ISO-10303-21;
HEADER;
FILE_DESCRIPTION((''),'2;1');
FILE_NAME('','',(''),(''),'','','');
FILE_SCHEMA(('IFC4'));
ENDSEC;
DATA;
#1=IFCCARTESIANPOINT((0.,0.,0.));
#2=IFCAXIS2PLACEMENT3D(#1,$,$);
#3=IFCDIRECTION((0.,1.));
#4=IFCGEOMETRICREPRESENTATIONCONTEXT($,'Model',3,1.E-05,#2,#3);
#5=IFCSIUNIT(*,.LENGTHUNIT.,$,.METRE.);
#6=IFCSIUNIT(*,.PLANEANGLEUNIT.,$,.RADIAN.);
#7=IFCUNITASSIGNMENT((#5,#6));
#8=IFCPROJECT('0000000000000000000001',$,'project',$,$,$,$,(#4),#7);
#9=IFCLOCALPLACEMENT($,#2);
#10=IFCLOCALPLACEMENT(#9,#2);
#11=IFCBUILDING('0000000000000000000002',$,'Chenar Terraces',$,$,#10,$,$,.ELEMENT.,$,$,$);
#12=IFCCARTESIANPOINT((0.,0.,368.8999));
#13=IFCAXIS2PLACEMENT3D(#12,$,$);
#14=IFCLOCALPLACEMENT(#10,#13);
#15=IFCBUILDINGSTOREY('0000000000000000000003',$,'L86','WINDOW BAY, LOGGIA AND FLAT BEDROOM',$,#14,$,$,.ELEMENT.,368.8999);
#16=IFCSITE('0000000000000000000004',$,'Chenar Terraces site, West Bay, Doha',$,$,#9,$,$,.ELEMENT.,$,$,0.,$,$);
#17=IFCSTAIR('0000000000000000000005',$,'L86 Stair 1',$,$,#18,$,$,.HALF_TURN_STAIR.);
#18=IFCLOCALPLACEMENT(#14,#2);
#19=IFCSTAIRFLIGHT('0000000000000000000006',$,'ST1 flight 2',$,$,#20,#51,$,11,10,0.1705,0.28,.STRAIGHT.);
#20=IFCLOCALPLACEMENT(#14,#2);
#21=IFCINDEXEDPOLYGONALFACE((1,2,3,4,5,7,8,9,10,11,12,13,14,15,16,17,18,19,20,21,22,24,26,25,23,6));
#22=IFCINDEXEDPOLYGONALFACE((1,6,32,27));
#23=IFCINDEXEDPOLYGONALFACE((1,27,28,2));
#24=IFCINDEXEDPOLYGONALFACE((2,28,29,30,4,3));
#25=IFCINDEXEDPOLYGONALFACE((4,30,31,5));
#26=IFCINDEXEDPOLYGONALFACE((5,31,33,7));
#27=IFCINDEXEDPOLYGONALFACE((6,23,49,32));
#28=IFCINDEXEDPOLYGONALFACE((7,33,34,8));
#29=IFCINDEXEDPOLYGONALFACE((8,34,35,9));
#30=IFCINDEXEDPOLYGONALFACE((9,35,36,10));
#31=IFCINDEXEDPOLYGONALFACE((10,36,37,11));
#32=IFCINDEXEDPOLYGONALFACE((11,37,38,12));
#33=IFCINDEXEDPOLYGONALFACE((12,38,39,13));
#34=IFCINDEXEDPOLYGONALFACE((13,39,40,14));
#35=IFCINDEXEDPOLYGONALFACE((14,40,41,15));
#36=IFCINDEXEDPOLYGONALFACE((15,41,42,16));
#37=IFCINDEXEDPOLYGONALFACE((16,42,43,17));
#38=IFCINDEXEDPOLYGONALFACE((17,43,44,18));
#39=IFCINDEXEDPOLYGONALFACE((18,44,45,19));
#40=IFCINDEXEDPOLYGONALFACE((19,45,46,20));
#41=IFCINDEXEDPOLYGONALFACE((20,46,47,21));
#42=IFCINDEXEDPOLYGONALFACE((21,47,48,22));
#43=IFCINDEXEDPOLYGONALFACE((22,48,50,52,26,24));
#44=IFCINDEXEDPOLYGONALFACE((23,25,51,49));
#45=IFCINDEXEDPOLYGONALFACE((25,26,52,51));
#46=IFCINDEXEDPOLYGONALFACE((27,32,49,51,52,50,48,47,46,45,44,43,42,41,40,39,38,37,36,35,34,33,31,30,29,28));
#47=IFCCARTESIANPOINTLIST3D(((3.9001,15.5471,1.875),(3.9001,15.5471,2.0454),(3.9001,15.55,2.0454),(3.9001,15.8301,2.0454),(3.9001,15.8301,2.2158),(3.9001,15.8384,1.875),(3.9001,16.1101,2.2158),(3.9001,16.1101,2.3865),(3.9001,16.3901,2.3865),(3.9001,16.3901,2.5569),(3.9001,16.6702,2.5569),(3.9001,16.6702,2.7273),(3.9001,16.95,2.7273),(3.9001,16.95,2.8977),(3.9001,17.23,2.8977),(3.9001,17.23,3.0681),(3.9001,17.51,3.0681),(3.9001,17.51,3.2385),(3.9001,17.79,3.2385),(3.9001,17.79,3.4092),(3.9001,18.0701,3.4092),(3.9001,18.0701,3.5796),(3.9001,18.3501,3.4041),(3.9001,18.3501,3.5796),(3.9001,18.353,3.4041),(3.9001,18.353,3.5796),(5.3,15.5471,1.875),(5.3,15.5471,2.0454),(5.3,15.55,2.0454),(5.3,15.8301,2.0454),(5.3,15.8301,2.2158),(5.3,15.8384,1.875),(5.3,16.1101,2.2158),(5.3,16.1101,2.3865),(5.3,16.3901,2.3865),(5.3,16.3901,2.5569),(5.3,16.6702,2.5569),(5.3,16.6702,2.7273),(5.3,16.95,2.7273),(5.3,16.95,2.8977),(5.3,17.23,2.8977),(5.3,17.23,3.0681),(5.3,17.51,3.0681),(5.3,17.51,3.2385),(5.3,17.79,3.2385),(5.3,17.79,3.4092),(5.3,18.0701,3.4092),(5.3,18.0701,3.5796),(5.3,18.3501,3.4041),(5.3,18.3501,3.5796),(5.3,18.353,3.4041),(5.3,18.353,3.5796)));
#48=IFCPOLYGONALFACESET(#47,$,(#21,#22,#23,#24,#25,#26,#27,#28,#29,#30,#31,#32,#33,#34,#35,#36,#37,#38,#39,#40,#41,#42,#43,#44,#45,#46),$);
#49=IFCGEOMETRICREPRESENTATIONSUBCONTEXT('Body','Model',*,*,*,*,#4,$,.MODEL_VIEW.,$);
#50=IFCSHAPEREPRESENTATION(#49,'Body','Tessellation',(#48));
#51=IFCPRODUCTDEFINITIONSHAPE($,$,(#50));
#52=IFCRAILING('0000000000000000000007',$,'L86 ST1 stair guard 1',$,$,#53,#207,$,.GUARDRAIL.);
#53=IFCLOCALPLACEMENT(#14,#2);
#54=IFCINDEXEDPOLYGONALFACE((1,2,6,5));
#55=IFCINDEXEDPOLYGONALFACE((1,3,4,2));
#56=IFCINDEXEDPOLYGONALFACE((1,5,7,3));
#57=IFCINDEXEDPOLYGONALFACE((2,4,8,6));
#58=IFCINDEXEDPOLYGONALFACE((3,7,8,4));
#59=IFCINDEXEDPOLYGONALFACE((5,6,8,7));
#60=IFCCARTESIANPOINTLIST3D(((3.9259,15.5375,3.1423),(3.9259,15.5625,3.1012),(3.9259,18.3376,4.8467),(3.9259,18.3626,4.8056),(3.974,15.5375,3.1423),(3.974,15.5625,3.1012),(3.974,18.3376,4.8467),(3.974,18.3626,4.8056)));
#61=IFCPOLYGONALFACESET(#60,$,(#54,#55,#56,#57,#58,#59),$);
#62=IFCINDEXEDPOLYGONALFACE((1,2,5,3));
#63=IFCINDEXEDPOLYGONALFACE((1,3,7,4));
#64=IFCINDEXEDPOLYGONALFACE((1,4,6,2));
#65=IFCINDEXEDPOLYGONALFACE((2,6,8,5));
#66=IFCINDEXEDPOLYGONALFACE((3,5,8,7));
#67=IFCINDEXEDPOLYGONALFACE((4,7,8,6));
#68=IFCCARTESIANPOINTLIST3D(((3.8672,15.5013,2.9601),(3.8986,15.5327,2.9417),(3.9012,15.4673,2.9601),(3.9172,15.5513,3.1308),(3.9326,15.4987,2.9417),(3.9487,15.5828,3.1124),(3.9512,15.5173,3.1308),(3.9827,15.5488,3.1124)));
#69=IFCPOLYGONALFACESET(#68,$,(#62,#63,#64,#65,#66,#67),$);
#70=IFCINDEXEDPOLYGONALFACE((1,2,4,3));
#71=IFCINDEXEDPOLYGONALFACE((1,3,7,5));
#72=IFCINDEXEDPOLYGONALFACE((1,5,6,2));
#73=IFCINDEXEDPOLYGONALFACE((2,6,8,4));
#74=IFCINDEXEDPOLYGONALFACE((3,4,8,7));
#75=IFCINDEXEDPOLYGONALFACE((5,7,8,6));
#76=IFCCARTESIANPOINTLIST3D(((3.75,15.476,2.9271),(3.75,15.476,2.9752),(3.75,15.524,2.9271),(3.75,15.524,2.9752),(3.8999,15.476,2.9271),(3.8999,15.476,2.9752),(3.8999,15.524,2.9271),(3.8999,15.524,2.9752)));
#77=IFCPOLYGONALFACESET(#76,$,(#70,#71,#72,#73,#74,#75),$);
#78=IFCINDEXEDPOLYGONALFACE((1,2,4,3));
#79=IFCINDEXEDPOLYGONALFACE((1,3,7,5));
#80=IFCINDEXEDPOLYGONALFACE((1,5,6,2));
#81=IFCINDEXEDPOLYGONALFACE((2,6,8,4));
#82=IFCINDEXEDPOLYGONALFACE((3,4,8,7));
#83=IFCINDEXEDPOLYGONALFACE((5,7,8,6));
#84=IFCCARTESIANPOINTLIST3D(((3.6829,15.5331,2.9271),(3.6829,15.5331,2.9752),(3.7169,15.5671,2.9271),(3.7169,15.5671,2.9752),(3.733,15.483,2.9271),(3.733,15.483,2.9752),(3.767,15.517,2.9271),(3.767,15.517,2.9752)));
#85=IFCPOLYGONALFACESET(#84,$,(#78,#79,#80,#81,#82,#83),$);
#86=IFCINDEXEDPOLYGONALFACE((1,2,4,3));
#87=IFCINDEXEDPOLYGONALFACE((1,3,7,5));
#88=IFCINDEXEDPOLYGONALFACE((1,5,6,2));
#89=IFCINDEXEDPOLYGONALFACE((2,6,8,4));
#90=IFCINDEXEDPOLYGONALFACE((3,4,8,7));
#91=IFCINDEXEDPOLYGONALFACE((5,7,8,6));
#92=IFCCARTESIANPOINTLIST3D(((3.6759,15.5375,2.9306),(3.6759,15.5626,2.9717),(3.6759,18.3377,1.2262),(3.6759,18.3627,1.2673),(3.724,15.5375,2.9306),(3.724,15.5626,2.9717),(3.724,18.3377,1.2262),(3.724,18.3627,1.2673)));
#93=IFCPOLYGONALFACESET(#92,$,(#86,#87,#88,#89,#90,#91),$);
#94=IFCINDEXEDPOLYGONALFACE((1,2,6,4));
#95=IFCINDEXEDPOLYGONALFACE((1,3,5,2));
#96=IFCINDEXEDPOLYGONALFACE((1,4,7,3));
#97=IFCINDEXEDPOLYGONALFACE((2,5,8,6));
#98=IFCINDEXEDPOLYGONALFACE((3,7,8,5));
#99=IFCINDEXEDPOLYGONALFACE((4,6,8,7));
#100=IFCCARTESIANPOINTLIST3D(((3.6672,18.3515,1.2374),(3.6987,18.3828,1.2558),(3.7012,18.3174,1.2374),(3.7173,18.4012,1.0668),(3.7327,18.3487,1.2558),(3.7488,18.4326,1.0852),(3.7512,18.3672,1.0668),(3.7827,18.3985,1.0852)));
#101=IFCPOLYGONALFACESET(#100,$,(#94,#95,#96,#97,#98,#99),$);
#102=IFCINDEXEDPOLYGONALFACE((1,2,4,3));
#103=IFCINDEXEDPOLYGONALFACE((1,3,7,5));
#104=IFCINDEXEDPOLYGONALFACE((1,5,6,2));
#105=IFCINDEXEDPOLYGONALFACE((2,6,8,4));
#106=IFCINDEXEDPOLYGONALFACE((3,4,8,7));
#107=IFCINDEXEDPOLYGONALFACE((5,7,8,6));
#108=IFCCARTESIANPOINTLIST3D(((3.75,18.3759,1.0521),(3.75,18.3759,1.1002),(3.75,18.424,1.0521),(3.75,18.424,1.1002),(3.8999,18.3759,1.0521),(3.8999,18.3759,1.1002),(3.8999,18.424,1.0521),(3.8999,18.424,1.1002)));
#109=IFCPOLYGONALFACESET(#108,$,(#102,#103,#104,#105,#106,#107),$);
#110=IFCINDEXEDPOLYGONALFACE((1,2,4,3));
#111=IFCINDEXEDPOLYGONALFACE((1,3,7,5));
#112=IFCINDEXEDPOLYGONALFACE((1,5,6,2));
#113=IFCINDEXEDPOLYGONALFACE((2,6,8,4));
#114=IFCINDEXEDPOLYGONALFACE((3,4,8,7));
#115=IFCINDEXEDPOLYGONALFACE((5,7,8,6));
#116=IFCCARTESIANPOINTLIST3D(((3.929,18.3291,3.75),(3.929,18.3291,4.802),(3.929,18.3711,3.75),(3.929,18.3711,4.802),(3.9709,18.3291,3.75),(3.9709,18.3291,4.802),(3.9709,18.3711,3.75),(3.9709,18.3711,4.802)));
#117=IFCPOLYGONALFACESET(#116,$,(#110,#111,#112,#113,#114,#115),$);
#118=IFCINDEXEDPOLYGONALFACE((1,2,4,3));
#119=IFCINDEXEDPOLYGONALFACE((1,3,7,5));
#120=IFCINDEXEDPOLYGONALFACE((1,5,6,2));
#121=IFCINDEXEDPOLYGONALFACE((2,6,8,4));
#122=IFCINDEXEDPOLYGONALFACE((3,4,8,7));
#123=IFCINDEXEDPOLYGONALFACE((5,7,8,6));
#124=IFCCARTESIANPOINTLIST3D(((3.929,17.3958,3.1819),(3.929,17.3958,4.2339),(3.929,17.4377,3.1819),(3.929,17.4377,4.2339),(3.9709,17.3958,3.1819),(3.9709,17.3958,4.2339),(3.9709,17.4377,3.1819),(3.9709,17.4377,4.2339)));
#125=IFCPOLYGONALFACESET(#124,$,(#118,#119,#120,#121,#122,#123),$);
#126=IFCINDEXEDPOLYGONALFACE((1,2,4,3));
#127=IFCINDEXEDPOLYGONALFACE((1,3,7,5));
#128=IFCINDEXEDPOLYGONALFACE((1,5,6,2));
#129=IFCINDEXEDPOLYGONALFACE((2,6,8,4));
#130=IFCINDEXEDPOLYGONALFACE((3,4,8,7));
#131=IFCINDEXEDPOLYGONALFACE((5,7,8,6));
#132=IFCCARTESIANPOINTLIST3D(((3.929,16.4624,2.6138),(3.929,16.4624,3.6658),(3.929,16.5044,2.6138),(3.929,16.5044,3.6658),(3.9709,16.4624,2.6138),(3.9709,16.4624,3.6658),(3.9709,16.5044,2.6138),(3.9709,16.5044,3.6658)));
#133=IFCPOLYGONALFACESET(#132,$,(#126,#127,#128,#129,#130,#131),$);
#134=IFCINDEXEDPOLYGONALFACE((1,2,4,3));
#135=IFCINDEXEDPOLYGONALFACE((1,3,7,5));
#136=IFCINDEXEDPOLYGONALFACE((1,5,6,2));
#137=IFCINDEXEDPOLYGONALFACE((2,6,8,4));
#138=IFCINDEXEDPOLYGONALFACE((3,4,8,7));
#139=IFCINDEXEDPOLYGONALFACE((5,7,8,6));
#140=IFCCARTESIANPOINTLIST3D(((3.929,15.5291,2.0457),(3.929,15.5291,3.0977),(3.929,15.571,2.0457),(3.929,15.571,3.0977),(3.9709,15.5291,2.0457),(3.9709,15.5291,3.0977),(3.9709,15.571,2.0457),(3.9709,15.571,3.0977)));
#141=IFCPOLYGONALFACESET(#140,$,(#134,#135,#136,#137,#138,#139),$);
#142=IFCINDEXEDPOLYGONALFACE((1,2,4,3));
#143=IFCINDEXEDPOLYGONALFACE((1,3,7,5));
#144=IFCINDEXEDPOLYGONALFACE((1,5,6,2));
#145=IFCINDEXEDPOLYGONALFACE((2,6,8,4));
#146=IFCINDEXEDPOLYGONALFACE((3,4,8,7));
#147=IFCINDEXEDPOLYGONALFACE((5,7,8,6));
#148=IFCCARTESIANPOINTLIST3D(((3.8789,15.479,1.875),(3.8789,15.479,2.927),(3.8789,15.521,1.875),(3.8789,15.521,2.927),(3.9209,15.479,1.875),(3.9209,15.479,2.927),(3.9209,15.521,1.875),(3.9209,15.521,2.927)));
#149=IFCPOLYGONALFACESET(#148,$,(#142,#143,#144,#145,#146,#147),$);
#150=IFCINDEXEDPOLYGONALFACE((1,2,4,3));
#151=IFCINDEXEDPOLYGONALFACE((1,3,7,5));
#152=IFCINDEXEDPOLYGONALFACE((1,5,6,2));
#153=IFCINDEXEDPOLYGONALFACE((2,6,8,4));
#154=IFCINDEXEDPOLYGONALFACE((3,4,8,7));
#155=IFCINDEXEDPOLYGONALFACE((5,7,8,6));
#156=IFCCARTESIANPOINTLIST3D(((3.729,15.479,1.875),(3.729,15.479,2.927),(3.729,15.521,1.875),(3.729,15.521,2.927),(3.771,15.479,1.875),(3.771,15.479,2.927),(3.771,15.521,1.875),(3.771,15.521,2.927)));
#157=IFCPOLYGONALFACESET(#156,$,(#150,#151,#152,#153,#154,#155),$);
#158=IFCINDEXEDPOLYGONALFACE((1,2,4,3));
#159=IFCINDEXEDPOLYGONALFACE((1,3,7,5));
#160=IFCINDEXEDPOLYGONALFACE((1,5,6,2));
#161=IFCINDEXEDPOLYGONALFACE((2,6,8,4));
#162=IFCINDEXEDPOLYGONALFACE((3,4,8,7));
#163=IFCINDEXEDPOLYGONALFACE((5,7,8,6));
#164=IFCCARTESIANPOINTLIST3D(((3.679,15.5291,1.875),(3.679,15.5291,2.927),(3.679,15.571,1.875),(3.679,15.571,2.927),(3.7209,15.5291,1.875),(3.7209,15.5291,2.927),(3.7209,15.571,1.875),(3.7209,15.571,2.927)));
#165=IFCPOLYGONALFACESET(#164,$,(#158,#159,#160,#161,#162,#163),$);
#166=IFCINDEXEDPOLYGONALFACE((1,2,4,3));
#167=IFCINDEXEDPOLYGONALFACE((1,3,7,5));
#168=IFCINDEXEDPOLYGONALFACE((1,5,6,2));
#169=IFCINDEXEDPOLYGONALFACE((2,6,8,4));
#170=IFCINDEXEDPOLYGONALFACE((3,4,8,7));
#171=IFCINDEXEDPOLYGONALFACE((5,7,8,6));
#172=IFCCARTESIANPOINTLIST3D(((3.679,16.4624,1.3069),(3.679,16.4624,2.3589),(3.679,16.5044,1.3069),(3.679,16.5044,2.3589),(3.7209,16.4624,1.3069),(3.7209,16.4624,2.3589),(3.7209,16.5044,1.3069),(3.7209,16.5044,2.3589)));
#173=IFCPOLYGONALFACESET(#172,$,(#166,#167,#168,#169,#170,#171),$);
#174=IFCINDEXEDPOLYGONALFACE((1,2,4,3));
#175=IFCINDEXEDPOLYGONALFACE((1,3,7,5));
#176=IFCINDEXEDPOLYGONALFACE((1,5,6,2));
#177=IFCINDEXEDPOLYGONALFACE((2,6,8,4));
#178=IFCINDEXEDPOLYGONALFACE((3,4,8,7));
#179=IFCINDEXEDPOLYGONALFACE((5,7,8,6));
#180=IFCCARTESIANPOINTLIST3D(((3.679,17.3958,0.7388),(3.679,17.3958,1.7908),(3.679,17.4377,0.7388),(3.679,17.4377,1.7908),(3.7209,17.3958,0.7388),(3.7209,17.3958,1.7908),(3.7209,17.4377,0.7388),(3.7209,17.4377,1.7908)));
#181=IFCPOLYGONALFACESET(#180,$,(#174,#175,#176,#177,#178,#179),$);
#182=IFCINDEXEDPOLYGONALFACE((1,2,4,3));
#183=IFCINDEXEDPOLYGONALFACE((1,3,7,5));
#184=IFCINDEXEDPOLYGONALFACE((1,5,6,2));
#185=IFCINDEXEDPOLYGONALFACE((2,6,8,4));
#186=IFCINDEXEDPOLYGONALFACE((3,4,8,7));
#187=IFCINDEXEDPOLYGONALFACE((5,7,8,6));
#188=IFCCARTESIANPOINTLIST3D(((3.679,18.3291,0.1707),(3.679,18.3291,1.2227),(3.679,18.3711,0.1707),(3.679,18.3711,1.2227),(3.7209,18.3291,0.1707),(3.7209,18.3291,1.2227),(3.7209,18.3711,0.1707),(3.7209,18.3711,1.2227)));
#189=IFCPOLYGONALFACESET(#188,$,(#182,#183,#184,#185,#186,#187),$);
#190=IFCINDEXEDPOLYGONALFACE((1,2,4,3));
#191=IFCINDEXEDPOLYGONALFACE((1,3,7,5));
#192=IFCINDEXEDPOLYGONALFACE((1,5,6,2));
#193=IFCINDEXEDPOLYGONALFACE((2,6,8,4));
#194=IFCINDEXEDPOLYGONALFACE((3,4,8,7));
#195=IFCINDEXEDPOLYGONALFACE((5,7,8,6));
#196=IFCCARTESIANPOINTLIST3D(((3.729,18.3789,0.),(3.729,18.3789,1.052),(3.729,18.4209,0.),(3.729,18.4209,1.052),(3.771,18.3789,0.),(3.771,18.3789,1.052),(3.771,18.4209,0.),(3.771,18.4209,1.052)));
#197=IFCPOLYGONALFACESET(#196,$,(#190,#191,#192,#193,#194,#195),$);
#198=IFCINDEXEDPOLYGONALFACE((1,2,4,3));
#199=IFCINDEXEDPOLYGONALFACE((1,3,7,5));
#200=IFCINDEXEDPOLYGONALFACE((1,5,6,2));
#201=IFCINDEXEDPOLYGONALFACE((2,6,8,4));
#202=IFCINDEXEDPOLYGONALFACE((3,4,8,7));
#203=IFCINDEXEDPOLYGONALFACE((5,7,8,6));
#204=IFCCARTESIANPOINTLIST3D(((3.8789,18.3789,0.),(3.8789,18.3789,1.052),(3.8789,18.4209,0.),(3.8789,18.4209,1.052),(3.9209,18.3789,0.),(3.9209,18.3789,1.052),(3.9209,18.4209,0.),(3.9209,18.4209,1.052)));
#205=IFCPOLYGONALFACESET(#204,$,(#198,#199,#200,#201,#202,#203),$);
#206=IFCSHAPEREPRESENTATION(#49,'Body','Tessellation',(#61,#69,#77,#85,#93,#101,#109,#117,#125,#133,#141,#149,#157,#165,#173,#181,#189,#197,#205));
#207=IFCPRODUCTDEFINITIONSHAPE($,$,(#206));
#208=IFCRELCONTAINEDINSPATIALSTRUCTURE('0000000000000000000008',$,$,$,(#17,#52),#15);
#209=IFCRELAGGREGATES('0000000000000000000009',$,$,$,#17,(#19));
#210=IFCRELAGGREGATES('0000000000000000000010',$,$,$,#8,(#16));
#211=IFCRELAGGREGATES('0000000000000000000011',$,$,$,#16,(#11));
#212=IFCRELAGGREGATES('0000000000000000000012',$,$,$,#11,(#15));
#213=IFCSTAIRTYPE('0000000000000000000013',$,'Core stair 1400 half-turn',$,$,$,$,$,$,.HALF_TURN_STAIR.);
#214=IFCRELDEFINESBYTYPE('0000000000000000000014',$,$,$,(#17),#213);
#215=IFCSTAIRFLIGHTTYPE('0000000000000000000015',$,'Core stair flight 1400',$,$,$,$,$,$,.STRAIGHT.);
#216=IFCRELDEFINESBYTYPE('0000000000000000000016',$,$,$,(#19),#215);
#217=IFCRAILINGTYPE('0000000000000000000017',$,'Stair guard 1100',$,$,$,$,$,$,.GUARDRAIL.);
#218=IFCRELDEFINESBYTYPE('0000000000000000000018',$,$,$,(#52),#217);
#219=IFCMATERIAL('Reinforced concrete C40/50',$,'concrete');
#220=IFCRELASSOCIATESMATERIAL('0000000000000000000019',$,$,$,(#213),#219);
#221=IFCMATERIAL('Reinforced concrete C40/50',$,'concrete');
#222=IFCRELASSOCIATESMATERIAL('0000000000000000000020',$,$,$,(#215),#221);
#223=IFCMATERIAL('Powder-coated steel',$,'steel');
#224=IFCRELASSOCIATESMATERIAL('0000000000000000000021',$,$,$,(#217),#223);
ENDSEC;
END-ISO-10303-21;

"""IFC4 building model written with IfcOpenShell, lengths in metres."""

from ifc_helpers import new_model, si_unit, direction, frame, origin, origin_2d, place, context, subcontext, project, spatial, polyline, rectangle, outline, extrude, material, type_object, element, aggregate, save


model = new_model("IFC4")

# Units and contexts
model_context = context("Model", 3, precision=1e-05, world=origin(), true_north=direction((0.0, 1.0)))
body_context = subcontext(model_context, "Body", "Model", "MODEL_VIEW")
ifc_project = project(units=[si_unit("LENGTHUNIT", "METRE"), si_unit("PLANEANGLEUNIT", "RADIAN")], contexts=[model_context])

# Site, building, storey
site_placement = place(None, origin())
site = spatial("IfcSite", under=ifc_project, at=site_placement, Name="Chenar Terraces site, West Bay, Doha", CompositionType="ELEMENT", RefElevation=0.0)
building_placement = place(site_placement, origin())
building = spatial("IfcBuilding", under=site, at=building_placement, Name="Chenar Terraces", CompositionType="ELEMENT")
storey_placement = place(building_placement, frame((0.0, 0.0, 368.8999)))
storey = spatial("IfcBuildingStorey", under=building, at=storey_placement, Name="L86", Description="WINDOW BAY, LOGGIA AND FLAT BEDROOM", CompositionType="ELEMENT", Elevation=368.8999)

# Stair, stair flight
ifc_material_1 = material(Name="Reinforced concrete C40/50", Category="concrete")
stair_type = type_object("IfcStairType", Name="Core stair 1400 half-turn", PredefinedType="HALF_TURN_STAIR", material=ifc_material_1)
stair_placement = place(storey_placement, origin())
stair = element("IfcStair", 1, at=stair_placement, inside=storey, type_object=stair_type, Name="L86 Stair 1", PredefinedType="HALF_TURN_STAIR")
ifc_material_2 = material(Name="Reinforced concrete C40/50", Category="concrete")
stair_flight_type = type_object("IfcStairFlightType", Name="Core stair flight 1400", PredefinedType="STRAIGHT", material=ifc_material_2)
stair_flight_1_placement = place(storey_placement, frame((4.6001, 15.55, 1.875), z_axis=(0.0, 0.0, 1.0), x_axis=(0.0, 1.0, 0.0)))
stair_flight_1 = element("IfcStairFlight", 2, at=stair_flight_1_placement, type_object=stair_flight_type, Name="ST1 flight 2", NumberOfRisers=11, NumberOfTreads=10, PredefinedType="STRAIGHT", RiserHeight=0.1705, TreadLength=0.28, context=body_context, shape_type="SweptSolid", body=[
    extrude(outline(polyline([(-0.0029, 0.0), (-0.0029, 0.1704), (0.0, 0.1704), (0.28, 0.1704), (0.28, 0.3408), (0.5601, 0.3408), (0.5601, 0.5115), (0.8401, 0.5115), (0.8401, 0.6819), (1.1201, 0.6819), (1.1201, 0.8523), (1.3999, 0.8523), (1.3999, 1.0227), (1.6799, 1.0227), (1.6799, 1.1931), (1.96, 1.1931), (1.96, 1.3635), (2.24, 1.3635), (2.24, 1.5342), (2.52, 1.5342), (2.52, 1.7046), (2.8, 1.7046), (2.803, 1.7046), (2.803, 1.5291), (2.8, 1.5291), (0.2883, 0.0), (-0.0029, 0.0)])), frame((0.0, 0.7, 0.0), z_axis=(0.0, -1.0, 0.0), x_axis=(1.0, 0.0, 0.0)), (0.0, 0.0, 1.0), 1.3999),
])
aggregate(stair, [stair_flight_1])

# Railing
ifc_material_3 = material(Name="Powder-coated steel", Category="steel")
railing_type_1 = type_object("IfcRailingType", Name="Stair guard 1100", PredefinedType="GUARDRAIL", material=ifc_material_3)
railing_1_placement = place(storey_placement, frame((3.95, 18.3501, 3.75)))
element("IfcRailing", 3, at=railing_1_placement, inside=storey, type_object=railing_type_1, Name="L86 ST1 stair guard 1", PredefinedType="GUARDRAIL", context=body_context, shape_type="SweptSolid", body=[
    extrude(rectangle(XDim=0.0481, YDim=0.0481, at=origin_2d()), frame((0.0, 0.0, 1.0762), z_axis=(0.0, -0.854203, -0.51994), x_axis=(1.0, 0.0, 0.0)), (0.0, 0.0, 1.0), 3.2781),
    extrude(rectangle(XDim=0.0481, YDim=0.0481, at=origin_2d()), frame((0.0, -2.8, -0.6284), z_axis=(-0.2709, -0.2709, -0.923703), x_axis=(0.707107, -0.707107, 0.0)), (0.0, 0.0, 1.0), 0.1848),
    extrude(rectangle(XDim=0.0481, YDim=0.0481, at=origin_2d()), frame((-0.05, -2.8501, -0.7988), z_axis=(-1.0, 0.0, 0.0), x_axis=(0.0, -1.0, 0.0)), (0.0, 0.0, 1.0), 0.1499),
    extrude(rectangle(XDim=0.0481, YDim=0.0481, at=origin_2d()), frame((-0.2, -2.8501, -0.7988), z_axis=(-0.707107, 0.707107, 0.0), x_axis=(-0.707107, -0.707107, 0.0)), (0.0, 0.0, 1.0), 0.0708),
    extrude(rectangle(XDim=0.0481, YDim=0.0481, at=origin_2d()), frame((-0.25, -2.8, -0.7988), z_axis=(0.0, 0.854203, -0.51994), x_axis=(-1.0, 0.0, 0.0)), (0.0, 0.0, 1.0), 3.2781),
    extrude(rectangle(XDim=0.0481, YDim=0.0481, at=origin_2d()), frame((-0.25, 0.0, -2.5034), z_axis=(0.270997, 0.269675, -0.924033), x_axis=(-0.705376, 0.708834, 0.0)), (0.0, 0.0, 1.0), 0.1846),
    extrude(rectangle(XDim=0.0481, YDim=0.0481, at=origin_2d()), frame((-0.2, 0.0498, -2.6738), z_axis=(1.0, 0.0, 0.0), x_axis=(0.0, 1.0, 0.0)), (0.0, 0.0, 1.0), 0.1499),
    extrude(rectangle(XDim=0.042, YDim=0.042, at=origin_2d()), origin(), (0.0, 0.0, 1.0), 1.052),
    extrude(rectangle(XDim=0.042, YDim=0.042, at=origin_2d()), frame((0.0, -0.9333, -0.5681)), (0.0, 0.0, 1.0), 1.052),
    extrude(rectangle(XDim=0.042, YDim=0.042, at=origin_2d()), frame((0.0, -1.8667, -1.1362)), (0.0, 0.0, 1.0), 1.052),
    extrude(rectangle(XDim=0.042, YDim=0.042, at=origin_2d()), frame((0.0, -2.8, -1.7043)), (0.0, 0.0, 1.0), 1.052),
    extrude(rectangle(XDim=0.042, YDim=0.042, at=origin_2d()), frame((-0.05, -2.8501, -1.875)), (0.0, 0.0, 1.0), 1.052),
    extrude(rectangle(XDim=0.042, YDim=0.042, at=origin_2d()), frame((-0.2, -2.8501, -1.875)), (0.0, 0.0, 1.0), 1.052),
    extrude(rectangle(XDim=0.042, YDim=0.042, at=origin_2d()), frame((-0.25, -2.8, -1.875)), (0.0, 0.0, 1.0), 1.052),
    extrude(rectangle(XDim=0.042, YDim=0.042, at=origin_2d()), frame((-0.25, -1.8667, -2.4431)), (0.0, 0.0, 1.0), 1.052),
    extrude(rectangle(XDim=0.042, YDim=0.042, at=origin_2d()), frame((-0.25, -0.9333, -3.0112)), (0.0, 0.0, 1.0), 1.052),
    extrude(rectangle(XDim=0.042, YDim=0.042, at=origin_2d()), frame((-0.25, 0.0, -3.5793)), (0.0, 0.0, 1.0), 1.052),
    extrude(rectangle(XDim=0.042, YDim=0.042, at=origin_2d()), frame((-0.2, 0.0498, -3.75)), (0.0, 0.0, 1.0), 1.052),
    extrude(rectangle(XDim=0.042, YDim=0.042, at=origin_2d()), frame((-0.05, 0.0498, -3.75)), (0.0, 0.0, 1.0), 1.052),
])

save(model, "model.ifc")
